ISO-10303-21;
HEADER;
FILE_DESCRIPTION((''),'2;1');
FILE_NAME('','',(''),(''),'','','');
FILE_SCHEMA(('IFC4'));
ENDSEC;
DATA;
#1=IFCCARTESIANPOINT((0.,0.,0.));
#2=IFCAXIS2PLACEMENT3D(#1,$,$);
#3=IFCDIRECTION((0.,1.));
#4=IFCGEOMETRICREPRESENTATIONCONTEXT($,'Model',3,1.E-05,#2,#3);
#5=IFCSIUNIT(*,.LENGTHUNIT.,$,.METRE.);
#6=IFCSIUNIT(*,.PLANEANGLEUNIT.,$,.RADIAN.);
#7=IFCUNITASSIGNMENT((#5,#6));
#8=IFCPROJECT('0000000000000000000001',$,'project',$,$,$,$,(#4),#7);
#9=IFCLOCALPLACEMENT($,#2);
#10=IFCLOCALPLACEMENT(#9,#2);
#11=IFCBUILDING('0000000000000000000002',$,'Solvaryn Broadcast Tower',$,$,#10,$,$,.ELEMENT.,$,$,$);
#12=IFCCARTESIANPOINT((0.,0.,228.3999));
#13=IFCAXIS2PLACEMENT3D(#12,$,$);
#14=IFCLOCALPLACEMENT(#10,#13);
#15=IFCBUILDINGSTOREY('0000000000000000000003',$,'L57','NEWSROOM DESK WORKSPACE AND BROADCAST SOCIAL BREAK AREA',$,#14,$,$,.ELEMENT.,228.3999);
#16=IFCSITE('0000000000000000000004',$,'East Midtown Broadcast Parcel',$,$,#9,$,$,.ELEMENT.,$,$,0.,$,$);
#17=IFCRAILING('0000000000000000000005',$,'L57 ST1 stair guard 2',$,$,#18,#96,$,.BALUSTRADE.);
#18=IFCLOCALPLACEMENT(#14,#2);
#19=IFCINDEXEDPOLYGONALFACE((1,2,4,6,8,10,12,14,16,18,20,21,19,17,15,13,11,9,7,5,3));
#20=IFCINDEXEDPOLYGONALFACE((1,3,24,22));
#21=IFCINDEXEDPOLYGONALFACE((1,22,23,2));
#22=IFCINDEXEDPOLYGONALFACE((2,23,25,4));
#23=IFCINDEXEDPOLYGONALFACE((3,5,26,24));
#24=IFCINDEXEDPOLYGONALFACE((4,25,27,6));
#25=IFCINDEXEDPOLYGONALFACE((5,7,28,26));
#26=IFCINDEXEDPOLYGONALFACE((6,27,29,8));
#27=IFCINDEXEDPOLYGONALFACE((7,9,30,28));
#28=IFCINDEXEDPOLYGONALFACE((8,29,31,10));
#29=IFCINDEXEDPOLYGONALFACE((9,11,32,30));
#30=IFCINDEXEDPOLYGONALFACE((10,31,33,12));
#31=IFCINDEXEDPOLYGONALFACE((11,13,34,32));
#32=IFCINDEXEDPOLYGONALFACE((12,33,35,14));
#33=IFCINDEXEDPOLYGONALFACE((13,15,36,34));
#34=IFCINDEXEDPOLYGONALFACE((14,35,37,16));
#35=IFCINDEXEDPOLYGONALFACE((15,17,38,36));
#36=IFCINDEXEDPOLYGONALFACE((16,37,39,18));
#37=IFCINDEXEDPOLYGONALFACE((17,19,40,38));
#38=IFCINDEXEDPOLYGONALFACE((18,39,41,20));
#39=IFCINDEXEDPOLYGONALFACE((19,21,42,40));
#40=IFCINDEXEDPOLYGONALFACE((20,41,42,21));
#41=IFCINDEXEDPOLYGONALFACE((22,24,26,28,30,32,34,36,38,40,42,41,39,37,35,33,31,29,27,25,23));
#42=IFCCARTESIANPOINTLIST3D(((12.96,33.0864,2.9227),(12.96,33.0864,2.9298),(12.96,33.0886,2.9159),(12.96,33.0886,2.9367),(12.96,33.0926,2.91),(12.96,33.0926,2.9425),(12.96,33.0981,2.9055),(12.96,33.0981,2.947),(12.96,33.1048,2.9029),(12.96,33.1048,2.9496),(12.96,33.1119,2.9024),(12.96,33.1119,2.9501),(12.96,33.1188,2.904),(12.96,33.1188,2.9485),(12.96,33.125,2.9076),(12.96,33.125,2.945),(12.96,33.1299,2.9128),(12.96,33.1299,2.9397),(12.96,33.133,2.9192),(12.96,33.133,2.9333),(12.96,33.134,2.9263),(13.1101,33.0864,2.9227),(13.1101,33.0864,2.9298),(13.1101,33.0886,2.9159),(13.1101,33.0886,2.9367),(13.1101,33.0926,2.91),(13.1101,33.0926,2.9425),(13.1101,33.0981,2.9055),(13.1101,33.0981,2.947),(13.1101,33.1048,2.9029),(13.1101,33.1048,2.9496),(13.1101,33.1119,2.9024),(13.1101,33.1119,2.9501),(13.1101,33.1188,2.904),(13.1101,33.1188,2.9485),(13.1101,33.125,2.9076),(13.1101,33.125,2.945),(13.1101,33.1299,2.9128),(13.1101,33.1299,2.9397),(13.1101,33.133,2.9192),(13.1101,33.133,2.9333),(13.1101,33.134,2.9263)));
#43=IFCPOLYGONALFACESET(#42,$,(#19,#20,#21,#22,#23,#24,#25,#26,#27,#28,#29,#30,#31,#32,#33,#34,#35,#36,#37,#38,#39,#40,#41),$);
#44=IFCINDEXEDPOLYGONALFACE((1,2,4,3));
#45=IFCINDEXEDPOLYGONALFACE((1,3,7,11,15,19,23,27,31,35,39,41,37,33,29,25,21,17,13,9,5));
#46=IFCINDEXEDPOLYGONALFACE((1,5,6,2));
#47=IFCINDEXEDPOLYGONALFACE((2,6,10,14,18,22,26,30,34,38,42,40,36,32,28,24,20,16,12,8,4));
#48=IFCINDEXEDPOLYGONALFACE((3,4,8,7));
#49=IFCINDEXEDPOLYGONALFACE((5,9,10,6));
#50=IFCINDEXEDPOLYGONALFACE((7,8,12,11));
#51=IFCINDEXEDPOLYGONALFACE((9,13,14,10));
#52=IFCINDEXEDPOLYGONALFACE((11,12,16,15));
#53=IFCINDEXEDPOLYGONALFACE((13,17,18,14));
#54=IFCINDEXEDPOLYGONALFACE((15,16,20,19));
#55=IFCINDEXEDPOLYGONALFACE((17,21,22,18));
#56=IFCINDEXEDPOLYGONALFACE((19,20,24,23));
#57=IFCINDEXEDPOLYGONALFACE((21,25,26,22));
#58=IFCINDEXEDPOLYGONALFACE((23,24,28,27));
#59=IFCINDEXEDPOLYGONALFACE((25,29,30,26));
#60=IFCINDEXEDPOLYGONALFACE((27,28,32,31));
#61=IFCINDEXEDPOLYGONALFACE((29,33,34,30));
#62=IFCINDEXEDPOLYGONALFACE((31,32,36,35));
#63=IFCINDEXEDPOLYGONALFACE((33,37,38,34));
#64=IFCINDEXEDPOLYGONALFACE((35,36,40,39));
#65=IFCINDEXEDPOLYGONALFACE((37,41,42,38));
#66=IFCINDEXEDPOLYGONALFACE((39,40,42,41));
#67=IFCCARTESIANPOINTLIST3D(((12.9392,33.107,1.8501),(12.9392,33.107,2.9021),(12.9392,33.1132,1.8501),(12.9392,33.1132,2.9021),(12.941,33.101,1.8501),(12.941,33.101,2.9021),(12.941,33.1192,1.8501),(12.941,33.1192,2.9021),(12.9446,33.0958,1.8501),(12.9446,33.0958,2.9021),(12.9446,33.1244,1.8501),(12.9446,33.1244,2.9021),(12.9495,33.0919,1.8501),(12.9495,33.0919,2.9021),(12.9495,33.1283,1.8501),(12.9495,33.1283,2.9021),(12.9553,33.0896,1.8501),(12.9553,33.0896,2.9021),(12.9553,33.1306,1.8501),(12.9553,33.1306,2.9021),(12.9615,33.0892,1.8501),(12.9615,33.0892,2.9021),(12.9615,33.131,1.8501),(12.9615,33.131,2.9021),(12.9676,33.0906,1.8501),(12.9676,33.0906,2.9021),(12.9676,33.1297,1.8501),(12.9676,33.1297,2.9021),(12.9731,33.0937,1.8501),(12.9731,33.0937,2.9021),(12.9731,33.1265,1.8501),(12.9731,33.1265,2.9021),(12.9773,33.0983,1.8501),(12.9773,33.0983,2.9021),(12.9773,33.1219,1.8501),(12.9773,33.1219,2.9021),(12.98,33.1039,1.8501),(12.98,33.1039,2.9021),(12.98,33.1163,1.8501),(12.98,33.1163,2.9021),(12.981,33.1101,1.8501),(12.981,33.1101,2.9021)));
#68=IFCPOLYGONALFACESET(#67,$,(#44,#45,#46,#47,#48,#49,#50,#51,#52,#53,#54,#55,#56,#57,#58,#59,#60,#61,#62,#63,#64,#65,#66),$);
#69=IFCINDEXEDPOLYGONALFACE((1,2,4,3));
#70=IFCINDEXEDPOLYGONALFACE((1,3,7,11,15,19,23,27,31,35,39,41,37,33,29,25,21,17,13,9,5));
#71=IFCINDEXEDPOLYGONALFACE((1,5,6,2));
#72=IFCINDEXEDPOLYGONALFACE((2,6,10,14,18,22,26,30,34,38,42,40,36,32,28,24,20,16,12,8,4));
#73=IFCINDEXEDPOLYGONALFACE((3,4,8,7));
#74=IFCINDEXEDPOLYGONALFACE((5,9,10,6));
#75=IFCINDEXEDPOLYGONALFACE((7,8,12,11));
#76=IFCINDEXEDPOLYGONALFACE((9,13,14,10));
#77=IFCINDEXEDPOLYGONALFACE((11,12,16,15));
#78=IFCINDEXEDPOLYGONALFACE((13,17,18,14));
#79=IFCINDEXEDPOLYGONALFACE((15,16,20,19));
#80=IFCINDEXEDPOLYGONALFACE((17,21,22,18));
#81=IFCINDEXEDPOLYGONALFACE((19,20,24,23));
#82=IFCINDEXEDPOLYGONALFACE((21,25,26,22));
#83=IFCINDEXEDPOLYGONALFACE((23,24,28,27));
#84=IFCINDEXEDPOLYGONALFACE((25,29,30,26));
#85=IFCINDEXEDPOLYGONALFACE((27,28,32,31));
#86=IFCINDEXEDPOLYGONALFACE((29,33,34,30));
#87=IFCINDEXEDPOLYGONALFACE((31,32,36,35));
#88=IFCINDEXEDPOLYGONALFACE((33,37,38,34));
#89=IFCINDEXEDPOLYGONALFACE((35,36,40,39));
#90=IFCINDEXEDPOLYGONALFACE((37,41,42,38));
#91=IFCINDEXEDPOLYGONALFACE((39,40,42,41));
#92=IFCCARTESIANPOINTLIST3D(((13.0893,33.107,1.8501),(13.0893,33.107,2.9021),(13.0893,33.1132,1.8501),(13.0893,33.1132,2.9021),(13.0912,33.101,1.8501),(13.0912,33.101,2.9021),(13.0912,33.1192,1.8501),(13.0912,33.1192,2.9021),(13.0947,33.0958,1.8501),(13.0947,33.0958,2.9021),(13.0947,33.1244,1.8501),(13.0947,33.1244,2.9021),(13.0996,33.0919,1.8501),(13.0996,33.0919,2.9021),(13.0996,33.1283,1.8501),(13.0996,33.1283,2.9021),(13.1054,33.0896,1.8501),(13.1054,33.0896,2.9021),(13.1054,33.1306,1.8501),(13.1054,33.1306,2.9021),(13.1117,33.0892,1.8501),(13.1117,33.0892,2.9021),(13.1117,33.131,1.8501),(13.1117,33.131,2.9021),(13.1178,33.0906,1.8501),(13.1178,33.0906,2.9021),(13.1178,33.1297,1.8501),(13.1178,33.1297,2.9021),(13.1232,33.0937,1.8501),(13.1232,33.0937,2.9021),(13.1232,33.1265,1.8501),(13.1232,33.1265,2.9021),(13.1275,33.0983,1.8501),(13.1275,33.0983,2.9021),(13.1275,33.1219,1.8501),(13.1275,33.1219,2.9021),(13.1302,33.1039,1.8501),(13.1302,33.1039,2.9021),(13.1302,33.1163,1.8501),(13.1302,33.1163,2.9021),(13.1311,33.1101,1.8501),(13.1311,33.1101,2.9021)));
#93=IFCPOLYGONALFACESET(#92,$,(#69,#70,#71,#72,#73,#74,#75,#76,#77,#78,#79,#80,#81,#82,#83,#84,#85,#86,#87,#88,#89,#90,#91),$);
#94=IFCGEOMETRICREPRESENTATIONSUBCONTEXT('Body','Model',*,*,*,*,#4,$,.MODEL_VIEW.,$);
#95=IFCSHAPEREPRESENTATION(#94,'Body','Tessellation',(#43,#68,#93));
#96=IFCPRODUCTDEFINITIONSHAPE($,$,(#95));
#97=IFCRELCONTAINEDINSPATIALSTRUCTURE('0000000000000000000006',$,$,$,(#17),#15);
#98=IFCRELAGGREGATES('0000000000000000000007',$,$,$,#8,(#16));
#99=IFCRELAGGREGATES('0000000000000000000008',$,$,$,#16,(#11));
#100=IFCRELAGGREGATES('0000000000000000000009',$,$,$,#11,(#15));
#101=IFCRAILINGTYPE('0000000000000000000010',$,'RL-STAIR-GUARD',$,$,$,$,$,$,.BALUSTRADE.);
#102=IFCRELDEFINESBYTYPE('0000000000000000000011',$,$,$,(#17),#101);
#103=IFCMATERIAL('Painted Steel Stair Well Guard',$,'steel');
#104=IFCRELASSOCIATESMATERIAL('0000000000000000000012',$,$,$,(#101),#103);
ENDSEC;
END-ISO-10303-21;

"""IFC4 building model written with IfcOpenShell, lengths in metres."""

from ifc_helpers import new_model, si_unit, direction, frame, origin, origin_2d, place, context, subcontext, project, spatial, circle, extrude, material, type_object, element, save


model = new_model("IFC4")

# Units and contexts
model_context = context("Model", 3, precision=1e-05, world=origin(), true_north=direction((0.0, 1.0)))
body_context = subcontext(model_context, "Body", "Model", "MODEL_VIEW")
ifc_project = project(units=[si_unit("LENGTHUNIT", "METRE"), si_unit("PLANEANGLEUNIT", "RADIAN")], contexts=[model_context])

# Site, building, storey
site_placement = place(None, origin())
site = spatial("IfcSite", under=ifc_project, at=site_placement, Name="East Midtown Broadcast Parcel", CompositionType="ELEMENT", RefElevation=0.0)
building_placement = place(site_placement, origin())
building = spatial("IfcBuilding", under=site, at=building_placement, Name="Solvaryn Broadcast Tower", CompositionType="ELEMENT")
storey_placement = place(building_placement, frame((0.0, 0.0, 228.3999)))
storey = spatial("IfcBuildingStorey", under=building, at=storey_placement, Name="L57", Description="NEWSROOM DESK WORKSPACE AND BROADCAST SOCIAL BREAK AREA", CompositionType="ELEMENT", Elevation=228.3999)

# Railing
ifc_material_1 = material(Name="Painted Steel Stair Well Guard", Category="steel")
railing_type_1 = type_object("IfcRailingType", Name="RL-STAIR-GUARD", PredefinedType="BALUSTRADE", material=ifc_material_1)
railing_1_placement = place(storey_placement, frame((12.96, 33.1101, 1.8501)))
element("IfcRailing", 1, at=railing_1_placement, inside=storey, type_object=railing_type_1, Name="L57 ST1 stair guard 2", PredefinedType="BALUSTRADE", context=body_context, shape_type="SweptSolid", body=[
    extrude(circle(Radius=0.0239, at=origin_2d()), frame((0.0, 0.0, 1.0762), z_axis=(1.0, 0.0, 0.0), x_axis=(0.0, 1.0, 0.0)), (0.0, 0.0, 1.0), 0.1501),
    extrude(circle(Radius=0.021, at=origin_2d()), origin(), (0.0, 0.0, 1.0), 1.052),
    extrude(circle(Radius=0.021, at=origin_2d()), frame((0.1501, 0.0, 0.0)), (0.0, 0.0, 1.0), 1.052),
])

save(model, "model.ifc")
